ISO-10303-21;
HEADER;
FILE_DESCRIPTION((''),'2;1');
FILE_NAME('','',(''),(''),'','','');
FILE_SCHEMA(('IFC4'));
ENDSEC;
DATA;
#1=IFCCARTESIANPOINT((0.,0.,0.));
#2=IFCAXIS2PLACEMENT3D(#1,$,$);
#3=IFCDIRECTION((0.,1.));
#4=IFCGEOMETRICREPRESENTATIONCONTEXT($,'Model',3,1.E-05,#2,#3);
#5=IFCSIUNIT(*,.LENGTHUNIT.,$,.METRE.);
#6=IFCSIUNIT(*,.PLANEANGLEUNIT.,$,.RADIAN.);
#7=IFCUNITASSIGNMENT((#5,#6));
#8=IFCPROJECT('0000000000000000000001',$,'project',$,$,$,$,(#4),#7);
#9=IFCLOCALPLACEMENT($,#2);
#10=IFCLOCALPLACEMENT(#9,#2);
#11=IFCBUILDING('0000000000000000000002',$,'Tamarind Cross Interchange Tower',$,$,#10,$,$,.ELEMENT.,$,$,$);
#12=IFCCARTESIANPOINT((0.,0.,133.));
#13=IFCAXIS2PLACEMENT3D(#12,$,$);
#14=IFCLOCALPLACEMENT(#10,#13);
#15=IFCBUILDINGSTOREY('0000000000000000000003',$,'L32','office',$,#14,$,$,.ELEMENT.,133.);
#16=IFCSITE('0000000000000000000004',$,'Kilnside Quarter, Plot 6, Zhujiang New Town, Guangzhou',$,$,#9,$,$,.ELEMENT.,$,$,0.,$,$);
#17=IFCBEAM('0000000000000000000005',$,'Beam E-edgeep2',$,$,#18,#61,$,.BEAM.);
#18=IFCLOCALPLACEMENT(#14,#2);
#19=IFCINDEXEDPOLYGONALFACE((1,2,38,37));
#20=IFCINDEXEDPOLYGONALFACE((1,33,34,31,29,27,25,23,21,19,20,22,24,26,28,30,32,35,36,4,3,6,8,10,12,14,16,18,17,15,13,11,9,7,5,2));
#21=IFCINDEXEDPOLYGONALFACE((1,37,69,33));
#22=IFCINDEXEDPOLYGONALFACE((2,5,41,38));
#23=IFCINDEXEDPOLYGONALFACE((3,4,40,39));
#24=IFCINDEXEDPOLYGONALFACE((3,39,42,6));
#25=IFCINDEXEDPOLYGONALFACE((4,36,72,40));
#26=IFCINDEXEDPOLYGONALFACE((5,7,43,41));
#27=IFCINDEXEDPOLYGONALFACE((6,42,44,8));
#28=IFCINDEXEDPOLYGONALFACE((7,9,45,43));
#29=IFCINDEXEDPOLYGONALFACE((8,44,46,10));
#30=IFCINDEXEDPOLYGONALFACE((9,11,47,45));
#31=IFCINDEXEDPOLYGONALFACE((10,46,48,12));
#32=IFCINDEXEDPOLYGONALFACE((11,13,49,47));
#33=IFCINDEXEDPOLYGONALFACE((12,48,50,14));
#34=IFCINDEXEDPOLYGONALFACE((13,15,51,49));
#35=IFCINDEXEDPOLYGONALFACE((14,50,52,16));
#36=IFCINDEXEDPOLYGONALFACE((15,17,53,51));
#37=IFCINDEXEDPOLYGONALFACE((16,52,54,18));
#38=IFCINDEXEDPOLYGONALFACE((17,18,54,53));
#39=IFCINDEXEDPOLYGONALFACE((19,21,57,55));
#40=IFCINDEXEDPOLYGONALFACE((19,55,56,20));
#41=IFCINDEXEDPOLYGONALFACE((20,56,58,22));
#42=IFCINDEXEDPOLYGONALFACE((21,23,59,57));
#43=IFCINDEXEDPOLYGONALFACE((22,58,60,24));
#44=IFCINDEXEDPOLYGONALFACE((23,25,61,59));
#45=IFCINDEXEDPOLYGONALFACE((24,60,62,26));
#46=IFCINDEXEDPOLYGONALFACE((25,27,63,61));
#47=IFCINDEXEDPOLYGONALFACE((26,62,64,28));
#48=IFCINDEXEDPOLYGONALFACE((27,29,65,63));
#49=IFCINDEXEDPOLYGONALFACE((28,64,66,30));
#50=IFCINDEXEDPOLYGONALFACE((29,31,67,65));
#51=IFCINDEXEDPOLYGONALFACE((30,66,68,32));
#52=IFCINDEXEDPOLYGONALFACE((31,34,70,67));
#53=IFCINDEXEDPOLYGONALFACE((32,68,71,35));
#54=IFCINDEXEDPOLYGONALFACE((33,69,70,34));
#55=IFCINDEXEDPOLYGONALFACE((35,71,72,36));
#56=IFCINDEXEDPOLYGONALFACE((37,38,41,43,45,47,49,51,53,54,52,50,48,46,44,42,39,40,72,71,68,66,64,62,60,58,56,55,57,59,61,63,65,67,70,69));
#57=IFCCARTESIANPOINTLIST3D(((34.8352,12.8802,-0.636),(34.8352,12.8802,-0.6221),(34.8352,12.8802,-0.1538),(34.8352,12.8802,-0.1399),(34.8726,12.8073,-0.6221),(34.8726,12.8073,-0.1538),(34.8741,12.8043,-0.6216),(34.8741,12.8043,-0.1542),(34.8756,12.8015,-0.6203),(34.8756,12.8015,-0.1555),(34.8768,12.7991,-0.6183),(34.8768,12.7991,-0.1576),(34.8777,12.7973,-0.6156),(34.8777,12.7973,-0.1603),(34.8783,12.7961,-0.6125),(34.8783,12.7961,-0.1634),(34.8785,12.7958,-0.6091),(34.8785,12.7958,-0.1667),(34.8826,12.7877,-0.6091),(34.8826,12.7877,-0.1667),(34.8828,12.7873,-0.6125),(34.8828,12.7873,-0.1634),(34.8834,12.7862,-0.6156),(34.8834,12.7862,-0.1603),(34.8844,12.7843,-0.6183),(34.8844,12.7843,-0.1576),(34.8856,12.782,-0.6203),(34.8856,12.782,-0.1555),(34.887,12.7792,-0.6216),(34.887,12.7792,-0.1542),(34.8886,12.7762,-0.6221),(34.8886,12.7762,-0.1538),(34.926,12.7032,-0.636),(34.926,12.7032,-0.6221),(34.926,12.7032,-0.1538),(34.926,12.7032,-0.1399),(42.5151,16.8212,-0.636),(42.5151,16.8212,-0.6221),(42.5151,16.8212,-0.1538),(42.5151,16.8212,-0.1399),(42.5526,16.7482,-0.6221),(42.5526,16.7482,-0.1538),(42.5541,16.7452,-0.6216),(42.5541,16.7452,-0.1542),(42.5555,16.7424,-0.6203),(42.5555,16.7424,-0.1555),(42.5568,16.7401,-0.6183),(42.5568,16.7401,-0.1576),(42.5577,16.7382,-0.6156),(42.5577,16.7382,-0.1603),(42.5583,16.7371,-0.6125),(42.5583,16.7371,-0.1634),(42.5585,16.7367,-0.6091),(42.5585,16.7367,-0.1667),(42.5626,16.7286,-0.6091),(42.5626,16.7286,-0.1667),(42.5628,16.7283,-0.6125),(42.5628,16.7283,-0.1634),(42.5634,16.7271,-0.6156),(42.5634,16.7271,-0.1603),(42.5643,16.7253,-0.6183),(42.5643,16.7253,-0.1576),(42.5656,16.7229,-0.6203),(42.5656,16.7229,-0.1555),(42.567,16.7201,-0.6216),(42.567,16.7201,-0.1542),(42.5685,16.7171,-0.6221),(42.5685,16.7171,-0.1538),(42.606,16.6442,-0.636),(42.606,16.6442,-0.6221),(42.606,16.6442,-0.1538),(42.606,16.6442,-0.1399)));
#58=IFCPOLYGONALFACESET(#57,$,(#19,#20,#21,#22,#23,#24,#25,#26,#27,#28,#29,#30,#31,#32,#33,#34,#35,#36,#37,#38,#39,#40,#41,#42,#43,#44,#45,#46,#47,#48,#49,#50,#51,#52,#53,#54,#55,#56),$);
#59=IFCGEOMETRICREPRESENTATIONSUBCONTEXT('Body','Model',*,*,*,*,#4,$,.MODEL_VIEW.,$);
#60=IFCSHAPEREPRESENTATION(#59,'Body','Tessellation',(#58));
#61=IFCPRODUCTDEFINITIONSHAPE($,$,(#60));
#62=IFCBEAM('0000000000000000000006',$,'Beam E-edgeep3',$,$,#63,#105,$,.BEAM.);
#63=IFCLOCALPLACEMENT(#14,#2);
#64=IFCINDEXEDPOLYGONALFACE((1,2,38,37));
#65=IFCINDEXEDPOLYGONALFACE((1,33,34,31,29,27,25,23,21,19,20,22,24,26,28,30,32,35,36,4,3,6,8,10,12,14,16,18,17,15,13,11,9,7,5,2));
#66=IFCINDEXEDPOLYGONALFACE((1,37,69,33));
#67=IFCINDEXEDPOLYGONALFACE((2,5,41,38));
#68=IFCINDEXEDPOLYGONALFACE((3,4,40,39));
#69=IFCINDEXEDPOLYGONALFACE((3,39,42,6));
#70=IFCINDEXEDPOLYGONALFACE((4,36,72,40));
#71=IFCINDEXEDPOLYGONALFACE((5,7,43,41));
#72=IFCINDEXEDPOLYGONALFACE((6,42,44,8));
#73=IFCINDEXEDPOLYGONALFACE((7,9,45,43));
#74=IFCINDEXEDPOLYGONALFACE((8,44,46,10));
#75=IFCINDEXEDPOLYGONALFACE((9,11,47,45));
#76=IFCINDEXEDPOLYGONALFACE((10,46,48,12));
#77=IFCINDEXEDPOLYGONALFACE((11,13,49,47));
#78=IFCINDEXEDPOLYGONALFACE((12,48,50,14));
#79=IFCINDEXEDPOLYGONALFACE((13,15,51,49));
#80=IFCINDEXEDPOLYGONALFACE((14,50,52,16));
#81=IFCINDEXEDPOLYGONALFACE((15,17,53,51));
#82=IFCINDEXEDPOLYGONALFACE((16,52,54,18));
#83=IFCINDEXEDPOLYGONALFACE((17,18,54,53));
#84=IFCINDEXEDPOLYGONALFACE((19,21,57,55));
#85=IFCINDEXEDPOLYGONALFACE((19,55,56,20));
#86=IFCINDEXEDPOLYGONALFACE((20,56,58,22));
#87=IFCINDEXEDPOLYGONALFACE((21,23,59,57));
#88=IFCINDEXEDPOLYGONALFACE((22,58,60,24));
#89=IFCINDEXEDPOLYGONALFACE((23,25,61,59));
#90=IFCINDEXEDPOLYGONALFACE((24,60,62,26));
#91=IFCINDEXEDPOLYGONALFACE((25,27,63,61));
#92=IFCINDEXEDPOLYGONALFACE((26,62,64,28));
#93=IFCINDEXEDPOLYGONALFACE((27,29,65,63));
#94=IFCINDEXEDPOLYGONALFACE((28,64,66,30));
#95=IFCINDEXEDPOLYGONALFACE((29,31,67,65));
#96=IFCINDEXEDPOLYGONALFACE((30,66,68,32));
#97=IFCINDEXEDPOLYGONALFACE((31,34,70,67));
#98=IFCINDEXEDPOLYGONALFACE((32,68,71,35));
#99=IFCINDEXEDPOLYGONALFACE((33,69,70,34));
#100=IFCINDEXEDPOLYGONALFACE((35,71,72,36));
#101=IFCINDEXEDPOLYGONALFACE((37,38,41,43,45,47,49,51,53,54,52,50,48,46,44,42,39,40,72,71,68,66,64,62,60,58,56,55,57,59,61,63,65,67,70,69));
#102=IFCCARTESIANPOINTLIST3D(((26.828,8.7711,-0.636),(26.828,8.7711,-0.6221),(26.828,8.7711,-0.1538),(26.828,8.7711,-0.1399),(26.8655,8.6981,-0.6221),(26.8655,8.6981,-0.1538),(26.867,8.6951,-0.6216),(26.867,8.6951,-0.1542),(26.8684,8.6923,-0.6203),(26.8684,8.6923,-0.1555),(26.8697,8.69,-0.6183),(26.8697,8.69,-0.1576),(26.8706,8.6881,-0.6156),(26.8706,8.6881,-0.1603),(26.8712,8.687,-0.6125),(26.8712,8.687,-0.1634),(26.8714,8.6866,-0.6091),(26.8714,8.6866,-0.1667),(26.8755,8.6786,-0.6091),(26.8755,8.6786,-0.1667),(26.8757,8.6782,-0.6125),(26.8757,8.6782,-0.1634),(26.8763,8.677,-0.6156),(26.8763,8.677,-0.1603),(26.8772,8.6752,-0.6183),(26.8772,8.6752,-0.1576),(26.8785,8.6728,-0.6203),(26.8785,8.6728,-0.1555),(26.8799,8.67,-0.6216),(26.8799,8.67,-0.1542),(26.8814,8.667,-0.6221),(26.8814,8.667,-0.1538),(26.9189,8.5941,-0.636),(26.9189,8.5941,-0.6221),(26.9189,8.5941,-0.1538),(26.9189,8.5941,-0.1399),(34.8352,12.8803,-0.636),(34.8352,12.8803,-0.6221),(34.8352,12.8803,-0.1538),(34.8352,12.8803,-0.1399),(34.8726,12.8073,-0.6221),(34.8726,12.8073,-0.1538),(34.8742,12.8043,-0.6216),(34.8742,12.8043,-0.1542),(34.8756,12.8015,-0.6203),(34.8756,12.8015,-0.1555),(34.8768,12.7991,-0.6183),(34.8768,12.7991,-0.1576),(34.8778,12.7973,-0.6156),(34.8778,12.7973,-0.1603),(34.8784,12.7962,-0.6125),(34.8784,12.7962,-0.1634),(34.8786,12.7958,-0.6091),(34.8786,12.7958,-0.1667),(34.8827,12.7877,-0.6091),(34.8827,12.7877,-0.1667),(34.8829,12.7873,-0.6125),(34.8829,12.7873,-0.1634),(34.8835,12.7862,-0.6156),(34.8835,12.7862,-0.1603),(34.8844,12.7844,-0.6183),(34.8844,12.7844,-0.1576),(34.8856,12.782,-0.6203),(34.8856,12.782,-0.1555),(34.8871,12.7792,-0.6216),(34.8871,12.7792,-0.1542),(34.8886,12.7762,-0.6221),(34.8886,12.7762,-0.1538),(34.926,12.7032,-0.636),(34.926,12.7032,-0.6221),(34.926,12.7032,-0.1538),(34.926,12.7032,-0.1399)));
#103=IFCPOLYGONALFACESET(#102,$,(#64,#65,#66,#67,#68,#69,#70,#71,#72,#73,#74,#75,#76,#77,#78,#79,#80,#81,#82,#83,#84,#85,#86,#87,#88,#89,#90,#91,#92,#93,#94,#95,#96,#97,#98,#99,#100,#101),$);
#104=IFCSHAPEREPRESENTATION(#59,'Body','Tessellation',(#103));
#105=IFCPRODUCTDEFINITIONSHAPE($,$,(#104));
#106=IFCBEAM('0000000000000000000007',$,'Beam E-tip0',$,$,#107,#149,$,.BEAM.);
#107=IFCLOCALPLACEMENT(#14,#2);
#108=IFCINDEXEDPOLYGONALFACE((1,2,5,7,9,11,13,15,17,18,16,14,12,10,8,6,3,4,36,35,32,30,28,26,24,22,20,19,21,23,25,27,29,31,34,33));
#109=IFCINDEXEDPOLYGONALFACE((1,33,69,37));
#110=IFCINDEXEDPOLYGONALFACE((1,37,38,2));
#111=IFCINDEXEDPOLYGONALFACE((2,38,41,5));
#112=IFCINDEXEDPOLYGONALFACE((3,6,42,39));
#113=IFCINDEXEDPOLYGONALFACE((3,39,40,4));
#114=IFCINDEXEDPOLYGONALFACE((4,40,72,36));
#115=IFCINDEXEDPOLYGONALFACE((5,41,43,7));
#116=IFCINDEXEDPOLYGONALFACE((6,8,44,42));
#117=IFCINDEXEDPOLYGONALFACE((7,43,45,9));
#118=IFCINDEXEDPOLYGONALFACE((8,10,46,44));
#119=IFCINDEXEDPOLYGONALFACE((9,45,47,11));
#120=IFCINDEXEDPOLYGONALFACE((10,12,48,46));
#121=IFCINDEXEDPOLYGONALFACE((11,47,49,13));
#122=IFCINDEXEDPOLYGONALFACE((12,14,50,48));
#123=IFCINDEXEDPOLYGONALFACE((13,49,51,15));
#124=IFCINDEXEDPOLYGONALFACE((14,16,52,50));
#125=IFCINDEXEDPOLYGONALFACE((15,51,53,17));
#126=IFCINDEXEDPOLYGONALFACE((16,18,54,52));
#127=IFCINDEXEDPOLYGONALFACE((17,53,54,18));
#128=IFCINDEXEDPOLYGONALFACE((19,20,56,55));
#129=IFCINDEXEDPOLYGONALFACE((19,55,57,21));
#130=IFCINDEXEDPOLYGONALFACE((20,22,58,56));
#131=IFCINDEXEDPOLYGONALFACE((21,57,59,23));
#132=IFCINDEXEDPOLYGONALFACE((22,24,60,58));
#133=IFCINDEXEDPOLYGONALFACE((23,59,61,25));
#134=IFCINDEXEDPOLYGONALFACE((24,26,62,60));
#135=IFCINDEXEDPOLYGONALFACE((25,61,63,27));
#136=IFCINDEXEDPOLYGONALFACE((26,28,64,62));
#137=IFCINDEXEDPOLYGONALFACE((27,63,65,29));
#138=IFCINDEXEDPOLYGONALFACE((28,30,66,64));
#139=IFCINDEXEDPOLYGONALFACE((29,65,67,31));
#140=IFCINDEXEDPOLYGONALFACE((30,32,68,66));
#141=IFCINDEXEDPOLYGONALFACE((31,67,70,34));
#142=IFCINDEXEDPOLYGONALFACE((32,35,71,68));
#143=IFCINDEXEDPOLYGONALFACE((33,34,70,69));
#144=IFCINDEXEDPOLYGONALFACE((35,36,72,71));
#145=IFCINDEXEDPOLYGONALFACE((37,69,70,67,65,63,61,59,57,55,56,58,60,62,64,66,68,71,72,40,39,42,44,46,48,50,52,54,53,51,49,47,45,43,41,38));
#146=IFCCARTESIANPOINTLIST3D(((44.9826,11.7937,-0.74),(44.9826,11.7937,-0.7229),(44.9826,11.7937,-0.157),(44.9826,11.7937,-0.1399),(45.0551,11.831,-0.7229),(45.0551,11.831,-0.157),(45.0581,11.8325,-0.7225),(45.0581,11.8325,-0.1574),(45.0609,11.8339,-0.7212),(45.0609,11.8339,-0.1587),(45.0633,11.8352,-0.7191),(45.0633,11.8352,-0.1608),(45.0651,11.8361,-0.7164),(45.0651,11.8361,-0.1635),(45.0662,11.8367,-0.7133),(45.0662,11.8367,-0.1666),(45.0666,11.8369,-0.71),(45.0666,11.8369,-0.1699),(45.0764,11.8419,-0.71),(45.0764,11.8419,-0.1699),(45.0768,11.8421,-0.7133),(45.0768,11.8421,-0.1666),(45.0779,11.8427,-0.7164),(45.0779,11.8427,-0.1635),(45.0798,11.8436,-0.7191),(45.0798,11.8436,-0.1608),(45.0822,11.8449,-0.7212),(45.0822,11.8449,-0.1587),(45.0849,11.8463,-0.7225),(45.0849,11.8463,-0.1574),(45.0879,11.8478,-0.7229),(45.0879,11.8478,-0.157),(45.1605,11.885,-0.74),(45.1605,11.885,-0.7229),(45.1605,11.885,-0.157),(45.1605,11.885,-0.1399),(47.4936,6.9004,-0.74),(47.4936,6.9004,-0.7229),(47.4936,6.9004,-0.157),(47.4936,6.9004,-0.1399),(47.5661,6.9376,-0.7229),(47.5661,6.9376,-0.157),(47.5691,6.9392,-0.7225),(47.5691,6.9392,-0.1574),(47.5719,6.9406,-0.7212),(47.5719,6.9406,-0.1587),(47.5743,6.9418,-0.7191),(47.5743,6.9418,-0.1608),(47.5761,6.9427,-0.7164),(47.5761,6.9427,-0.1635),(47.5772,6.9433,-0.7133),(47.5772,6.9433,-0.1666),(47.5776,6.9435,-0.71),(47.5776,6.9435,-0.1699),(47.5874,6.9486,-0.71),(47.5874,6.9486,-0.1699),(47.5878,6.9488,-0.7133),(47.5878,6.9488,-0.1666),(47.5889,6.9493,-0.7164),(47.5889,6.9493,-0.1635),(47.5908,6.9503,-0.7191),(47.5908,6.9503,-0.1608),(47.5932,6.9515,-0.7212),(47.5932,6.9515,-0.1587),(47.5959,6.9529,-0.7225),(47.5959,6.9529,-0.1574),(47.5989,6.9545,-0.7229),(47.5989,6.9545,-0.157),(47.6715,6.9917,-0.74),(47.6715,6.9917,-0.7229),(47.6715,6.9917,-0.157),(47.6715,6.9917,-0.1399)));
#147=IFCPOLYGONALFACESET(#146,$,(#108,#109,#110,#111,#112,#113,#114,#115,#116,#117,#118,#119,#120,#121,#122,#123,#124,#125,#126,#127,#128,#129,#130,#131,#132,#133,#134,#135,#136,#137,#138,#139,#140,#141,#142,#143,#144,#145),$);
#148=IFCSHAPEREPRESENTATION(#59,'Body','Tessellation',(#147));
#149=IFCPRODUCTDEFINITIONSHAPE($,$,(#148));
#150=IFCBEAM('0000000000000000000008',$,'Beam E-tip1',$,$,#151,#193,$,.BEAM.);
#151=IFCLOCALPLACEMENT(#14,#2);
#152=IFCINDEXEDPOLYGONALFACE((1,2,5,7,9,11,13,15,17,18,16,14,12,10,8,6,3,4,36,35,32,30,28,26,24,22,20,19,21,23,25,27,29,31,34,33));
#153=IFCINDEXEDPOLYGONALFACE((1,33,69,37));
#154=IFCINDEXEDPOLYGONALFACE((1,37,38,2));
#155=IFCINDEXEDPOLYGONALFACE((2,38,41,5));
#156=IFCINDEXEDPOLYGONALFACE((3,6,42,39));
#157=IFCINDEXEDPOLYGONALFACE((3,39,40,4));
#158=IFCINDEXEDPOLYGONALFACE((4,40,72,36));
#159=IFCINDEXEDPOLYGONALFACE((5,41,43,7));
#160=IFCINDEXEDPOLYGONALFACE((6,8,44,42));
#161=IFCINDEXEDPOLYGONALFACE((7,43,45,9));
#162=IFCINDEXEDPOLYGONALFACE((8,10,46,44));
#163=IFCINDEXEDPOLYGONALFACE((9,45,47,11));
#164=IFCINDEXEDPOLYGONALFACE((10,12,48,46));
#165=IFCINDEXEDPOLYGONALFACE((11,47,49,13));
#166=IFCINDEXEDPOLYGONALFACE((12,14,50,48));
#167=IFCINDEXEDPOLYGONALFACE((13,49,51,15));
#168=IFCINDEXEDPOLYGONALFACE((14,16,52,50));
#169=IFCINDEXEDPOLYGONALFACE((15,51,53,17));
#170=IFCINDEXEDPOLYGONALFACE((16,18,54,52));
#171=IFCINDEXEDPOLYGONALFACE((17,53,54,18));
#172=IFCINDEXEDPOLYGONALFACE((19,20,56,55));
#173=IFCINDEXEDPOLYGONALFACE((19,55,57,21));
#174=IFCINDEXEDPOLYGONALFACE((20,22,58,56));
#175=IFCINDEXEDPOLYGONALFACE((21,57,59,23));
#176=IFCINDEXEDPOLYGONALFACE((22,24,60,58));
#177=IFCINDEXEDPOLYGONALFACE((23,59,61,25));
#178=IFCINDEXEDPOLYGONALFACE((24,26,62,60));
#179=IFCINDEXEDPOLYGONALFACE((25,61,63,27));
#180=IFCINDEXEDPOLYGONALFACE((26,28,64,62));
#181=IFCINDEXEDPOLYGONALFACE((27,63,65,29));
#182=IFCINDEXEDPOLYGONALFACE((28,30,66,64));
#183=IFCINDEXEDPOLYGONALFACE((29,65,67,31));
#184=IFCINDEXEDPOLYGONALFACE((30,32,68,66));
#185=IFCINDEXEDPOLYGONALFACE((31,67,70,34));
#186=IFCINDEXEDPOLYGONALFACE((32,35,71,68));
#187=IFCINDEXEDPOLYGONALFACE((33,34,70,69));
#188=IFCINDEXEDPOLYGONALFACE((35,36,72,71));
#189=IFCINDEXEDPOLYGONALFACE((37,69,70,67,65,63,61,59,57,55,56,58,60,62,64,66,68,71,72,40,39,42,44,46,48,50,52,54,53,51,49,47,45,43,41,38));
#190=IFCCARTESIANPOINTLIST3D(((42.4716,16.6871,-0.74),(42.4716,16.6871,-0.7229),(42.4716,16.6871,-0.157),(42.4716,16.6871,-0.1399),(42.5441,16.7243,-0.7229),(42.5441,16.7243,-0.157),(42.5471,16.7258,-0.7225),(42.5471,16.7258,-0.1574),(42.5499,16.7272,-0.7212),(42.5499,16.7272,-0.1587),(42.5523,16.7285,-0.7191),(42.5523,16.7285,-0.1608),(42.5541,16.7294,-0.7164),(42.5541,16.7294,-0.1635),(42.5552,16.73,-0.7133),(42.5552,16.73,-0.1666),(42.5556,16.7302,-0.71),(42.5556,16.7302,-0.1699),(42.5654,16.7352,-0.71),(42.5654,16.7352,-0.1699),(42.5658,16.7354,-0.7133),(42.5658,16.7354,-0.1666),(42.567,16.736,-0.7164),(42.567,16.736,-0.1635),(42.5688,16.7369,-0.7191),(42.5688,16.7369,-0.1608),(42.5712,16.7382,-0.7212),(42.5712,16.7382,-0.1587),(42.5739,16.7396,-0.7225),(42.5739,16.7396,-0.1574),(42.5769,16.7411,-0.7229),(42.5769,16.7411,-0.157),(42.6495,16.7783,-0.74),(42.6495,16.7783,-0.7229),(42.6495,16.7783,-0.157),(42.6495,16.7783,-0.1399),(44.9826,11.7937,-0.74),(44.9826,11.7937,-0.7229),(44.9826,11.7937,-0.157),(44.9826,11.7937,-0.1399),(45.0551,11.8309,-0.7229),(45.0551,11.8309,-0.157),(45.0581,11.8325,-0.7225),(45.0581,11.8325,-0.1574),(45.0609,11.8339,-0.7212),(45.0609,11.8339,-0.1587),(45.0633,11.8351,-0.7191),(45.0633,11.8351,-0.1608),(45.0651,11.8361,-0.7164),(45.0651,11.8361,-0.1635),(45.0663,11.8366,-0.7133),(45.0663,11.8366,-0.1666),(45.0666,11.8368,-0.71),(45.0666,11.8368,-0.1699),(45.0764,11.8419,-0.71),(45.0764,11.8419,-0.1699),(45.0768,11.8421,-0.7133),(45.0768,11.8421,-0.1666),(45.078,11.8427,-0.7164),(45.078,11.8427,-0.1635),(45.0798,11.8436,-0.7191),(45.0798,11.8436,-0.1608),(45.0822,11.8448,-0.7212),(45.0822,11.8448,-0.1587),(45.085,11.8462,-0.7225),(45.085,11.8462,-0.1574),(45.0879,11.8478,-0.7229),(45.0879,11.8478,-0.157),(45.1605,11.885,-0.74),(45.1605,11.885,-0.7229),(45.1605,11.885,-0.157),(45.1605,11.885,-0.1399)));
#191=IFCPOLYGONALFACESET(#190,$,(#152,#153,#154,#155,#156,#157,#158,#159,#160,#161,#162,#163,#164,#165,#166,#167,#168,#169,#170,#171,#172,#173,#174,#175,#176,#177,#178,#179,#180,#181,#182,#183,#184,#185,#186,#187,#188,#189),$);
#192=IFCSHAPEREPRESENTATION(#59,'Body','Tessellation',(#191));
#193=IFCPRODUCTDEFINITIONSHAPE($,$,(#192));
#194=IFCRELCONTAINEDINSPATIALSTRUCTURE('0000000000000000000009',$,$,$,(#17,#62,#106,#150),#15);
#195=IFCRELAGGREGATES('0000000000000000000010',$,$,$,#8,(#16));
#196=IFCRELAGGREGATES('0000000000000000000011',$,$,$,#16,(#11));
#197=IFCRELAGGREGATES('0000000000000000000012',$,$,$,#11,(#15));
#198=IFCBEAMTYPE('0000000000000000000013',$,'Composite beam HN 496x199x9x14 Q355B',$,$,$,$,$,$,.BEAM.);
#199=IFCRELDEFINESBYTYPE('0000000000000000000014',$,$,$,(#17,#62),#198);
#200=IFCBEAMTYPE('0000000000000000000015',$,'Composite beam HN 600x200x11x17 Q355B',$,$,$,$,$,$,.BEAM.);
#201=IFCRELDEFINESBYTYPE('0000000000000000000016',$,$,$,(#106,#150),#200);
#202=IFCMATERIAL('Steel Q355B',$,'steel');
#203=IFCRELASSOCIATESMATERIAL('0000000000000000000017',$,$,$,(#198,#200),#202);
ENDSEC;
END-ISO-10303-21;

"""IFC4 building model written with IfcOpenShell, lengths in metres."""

from ifc_helpers import new_model, si_unit, direction, frame, origin, origin_2d, place, context, subcontext, project, spatial, i_section, extrude, material, material_profile, profile_set, type_object, element, save


model = new_model("IFC4")

# Units and contexts
model_context = context("Model", 3, precision=1e-05, world=origin(), true_north=direction((0.0, 1.0)))
body_context = subcontext(model_context, "Body", "Model", "MODEL_VIEW")
ifc_project = project(units=[si_unit("LENGTHUNIT", "METRE"), si_unit("PLANEANGLEUNIT", "RADIAN")], contexts=[model_context])

# Site, building, storey
site_placement = place(None, origin())
site = spatial("IfcSite", under=ifc_project, at=site_placement, Name="Kilnside Quarter, Plot 6, Zhujiang New Town, Guangzhou", CompositionType="ELEMENT", RefElevation=0.0)
building_placement = place(site_placement, origin())
building = spatial("IfcBuilding", under=site, at=building_placement, Name="Tamarind Cross Interchange Tower", CompositionType="ELEMENT")
storey_placement = place(building_placement, frame((0.0, 0.0, 133.0)))
storey = spatial("IfcBuildingStorey", under=building, at=storey_placement, Name="L32", Description="office", CompositionType="ELEMENT", Elevation=133.0)

# Beams
ifc_material_1 = material(Name="Steel Q355B", Category="steel")
ifc_material_profile_1 = material_profile(ifc_material_1, i_section(OverallWidth=0.199, OverallDepth=0.4961, WebThickness=0.009, FlangeThickness=0.0139, FilletRadius=0.0129, at=origin_2d()), Name="HN 496x199x9x14")
ifc_profile_set_1 = profile_set([ifc_material_profile_1], Name="Steel Q355B")
beam_type_1 = type_object("IfcBeamType", Name="Composite beam HN 496x199x9x14 Q355B", PredefinedType="BEAM", material=ifc_profile_set_1)
beam_1_placement = place(storey_placement, frame((42.5605, 16.7327, -0.3879), z_axis=(-0.8897, -0.456545, 0.0), x_axis=(0.456545, -0.8897, 0.0)))
element("IfcBeam", 1, at=beam_1_placement, inside=storey, type_object=beam_type_1, Name="Beam E-edgeep2", PredefinedType="BEAM", context=body_context, shape_type="SweptSolid", body=[
    extrude(i_section(OverallWidth=0.199, OverallDepth=0.4961, WebThickness=0.009, FlangeThickness=0.0139, FilletRadius=0.0129, at=origin_2d()), origin(), (0.0, 0.0, 1.0), 8.6321),
])
beam_2_placement = place(storey_placement, frame((34.8806, 12.7917, -0.3879), z_axis=(-0.889685, -0.456575, 0.0), x_axis=(0.456575, -0.889685, 0.0)))
element("IfcBeam", 2, at=beam_2_placement, inside=storey, type_object=beam_type_1, Name="Beam E-edgeep3", PredefinedType="BEAM", context=body_context, shape_type="SweptSolid", body=[
    extrude(i_section(OverallWidth=0.199, OverallDepth=0.4961, WebThickness=0.009, FlangeThickness=0.0139, FilletRadius=0.0129, at=origin_2d()), origin(), (0.0, 0.0, 1.0), 9.0),
])
ifc_material_profile_2 = material_profile(ifc_material_1, i_section(OverallWidth=0.2, OverallDepth=0.6001, WebThickness=0.011, FlangeThickness=0.0171, FilletRadius=0.0129, at=origin_2d()), Name="HN 600x200x11x17")
ifc_profile_set_2 = profile_set([ifc_material_profile_2], Name="Steel Q355B")
beam_type_2 = type_object("IfcBeamType", Name="Composite beam HN 600x200x11x17 Q355B", PredefinedType="BEAM", material=ifc_profile_set_2)
for number, where, z_axis, x_axis, name in (
    (3, (47.5825, 6.946, -0.4399), (-0.456546, 0.8897, 0.0), (-0.8897, -0.456546, 0.0), "Beam E-tip0"),
    (4, (45.0715, 11.8394, -0.4399), (-0.456546, 0.8897, 0.0), (-0.8897, -0.456546, 0.0), "Beam E-tip1"),
):
    element("IfcBeam", number, at=place(storey_placement, frame(where, z_axis=z_axis, x_axis=x_axis)), inside=storey, type_object=beam_type_2, Name=name, PredefinedType="BEAM", context=body_context, shape_type="SweptSolid", body=[
        extrude(i_section(OverallWidth=0.2, OverallDepth=0.6001, WebThickness=0.011, FlangeThickness=0.0171, FilletRadius=0.0129, at=origin_2d()), origin(), (0.0, 0.0, 1.0), 5.5),
    ])

save(model, "model.ifc")
